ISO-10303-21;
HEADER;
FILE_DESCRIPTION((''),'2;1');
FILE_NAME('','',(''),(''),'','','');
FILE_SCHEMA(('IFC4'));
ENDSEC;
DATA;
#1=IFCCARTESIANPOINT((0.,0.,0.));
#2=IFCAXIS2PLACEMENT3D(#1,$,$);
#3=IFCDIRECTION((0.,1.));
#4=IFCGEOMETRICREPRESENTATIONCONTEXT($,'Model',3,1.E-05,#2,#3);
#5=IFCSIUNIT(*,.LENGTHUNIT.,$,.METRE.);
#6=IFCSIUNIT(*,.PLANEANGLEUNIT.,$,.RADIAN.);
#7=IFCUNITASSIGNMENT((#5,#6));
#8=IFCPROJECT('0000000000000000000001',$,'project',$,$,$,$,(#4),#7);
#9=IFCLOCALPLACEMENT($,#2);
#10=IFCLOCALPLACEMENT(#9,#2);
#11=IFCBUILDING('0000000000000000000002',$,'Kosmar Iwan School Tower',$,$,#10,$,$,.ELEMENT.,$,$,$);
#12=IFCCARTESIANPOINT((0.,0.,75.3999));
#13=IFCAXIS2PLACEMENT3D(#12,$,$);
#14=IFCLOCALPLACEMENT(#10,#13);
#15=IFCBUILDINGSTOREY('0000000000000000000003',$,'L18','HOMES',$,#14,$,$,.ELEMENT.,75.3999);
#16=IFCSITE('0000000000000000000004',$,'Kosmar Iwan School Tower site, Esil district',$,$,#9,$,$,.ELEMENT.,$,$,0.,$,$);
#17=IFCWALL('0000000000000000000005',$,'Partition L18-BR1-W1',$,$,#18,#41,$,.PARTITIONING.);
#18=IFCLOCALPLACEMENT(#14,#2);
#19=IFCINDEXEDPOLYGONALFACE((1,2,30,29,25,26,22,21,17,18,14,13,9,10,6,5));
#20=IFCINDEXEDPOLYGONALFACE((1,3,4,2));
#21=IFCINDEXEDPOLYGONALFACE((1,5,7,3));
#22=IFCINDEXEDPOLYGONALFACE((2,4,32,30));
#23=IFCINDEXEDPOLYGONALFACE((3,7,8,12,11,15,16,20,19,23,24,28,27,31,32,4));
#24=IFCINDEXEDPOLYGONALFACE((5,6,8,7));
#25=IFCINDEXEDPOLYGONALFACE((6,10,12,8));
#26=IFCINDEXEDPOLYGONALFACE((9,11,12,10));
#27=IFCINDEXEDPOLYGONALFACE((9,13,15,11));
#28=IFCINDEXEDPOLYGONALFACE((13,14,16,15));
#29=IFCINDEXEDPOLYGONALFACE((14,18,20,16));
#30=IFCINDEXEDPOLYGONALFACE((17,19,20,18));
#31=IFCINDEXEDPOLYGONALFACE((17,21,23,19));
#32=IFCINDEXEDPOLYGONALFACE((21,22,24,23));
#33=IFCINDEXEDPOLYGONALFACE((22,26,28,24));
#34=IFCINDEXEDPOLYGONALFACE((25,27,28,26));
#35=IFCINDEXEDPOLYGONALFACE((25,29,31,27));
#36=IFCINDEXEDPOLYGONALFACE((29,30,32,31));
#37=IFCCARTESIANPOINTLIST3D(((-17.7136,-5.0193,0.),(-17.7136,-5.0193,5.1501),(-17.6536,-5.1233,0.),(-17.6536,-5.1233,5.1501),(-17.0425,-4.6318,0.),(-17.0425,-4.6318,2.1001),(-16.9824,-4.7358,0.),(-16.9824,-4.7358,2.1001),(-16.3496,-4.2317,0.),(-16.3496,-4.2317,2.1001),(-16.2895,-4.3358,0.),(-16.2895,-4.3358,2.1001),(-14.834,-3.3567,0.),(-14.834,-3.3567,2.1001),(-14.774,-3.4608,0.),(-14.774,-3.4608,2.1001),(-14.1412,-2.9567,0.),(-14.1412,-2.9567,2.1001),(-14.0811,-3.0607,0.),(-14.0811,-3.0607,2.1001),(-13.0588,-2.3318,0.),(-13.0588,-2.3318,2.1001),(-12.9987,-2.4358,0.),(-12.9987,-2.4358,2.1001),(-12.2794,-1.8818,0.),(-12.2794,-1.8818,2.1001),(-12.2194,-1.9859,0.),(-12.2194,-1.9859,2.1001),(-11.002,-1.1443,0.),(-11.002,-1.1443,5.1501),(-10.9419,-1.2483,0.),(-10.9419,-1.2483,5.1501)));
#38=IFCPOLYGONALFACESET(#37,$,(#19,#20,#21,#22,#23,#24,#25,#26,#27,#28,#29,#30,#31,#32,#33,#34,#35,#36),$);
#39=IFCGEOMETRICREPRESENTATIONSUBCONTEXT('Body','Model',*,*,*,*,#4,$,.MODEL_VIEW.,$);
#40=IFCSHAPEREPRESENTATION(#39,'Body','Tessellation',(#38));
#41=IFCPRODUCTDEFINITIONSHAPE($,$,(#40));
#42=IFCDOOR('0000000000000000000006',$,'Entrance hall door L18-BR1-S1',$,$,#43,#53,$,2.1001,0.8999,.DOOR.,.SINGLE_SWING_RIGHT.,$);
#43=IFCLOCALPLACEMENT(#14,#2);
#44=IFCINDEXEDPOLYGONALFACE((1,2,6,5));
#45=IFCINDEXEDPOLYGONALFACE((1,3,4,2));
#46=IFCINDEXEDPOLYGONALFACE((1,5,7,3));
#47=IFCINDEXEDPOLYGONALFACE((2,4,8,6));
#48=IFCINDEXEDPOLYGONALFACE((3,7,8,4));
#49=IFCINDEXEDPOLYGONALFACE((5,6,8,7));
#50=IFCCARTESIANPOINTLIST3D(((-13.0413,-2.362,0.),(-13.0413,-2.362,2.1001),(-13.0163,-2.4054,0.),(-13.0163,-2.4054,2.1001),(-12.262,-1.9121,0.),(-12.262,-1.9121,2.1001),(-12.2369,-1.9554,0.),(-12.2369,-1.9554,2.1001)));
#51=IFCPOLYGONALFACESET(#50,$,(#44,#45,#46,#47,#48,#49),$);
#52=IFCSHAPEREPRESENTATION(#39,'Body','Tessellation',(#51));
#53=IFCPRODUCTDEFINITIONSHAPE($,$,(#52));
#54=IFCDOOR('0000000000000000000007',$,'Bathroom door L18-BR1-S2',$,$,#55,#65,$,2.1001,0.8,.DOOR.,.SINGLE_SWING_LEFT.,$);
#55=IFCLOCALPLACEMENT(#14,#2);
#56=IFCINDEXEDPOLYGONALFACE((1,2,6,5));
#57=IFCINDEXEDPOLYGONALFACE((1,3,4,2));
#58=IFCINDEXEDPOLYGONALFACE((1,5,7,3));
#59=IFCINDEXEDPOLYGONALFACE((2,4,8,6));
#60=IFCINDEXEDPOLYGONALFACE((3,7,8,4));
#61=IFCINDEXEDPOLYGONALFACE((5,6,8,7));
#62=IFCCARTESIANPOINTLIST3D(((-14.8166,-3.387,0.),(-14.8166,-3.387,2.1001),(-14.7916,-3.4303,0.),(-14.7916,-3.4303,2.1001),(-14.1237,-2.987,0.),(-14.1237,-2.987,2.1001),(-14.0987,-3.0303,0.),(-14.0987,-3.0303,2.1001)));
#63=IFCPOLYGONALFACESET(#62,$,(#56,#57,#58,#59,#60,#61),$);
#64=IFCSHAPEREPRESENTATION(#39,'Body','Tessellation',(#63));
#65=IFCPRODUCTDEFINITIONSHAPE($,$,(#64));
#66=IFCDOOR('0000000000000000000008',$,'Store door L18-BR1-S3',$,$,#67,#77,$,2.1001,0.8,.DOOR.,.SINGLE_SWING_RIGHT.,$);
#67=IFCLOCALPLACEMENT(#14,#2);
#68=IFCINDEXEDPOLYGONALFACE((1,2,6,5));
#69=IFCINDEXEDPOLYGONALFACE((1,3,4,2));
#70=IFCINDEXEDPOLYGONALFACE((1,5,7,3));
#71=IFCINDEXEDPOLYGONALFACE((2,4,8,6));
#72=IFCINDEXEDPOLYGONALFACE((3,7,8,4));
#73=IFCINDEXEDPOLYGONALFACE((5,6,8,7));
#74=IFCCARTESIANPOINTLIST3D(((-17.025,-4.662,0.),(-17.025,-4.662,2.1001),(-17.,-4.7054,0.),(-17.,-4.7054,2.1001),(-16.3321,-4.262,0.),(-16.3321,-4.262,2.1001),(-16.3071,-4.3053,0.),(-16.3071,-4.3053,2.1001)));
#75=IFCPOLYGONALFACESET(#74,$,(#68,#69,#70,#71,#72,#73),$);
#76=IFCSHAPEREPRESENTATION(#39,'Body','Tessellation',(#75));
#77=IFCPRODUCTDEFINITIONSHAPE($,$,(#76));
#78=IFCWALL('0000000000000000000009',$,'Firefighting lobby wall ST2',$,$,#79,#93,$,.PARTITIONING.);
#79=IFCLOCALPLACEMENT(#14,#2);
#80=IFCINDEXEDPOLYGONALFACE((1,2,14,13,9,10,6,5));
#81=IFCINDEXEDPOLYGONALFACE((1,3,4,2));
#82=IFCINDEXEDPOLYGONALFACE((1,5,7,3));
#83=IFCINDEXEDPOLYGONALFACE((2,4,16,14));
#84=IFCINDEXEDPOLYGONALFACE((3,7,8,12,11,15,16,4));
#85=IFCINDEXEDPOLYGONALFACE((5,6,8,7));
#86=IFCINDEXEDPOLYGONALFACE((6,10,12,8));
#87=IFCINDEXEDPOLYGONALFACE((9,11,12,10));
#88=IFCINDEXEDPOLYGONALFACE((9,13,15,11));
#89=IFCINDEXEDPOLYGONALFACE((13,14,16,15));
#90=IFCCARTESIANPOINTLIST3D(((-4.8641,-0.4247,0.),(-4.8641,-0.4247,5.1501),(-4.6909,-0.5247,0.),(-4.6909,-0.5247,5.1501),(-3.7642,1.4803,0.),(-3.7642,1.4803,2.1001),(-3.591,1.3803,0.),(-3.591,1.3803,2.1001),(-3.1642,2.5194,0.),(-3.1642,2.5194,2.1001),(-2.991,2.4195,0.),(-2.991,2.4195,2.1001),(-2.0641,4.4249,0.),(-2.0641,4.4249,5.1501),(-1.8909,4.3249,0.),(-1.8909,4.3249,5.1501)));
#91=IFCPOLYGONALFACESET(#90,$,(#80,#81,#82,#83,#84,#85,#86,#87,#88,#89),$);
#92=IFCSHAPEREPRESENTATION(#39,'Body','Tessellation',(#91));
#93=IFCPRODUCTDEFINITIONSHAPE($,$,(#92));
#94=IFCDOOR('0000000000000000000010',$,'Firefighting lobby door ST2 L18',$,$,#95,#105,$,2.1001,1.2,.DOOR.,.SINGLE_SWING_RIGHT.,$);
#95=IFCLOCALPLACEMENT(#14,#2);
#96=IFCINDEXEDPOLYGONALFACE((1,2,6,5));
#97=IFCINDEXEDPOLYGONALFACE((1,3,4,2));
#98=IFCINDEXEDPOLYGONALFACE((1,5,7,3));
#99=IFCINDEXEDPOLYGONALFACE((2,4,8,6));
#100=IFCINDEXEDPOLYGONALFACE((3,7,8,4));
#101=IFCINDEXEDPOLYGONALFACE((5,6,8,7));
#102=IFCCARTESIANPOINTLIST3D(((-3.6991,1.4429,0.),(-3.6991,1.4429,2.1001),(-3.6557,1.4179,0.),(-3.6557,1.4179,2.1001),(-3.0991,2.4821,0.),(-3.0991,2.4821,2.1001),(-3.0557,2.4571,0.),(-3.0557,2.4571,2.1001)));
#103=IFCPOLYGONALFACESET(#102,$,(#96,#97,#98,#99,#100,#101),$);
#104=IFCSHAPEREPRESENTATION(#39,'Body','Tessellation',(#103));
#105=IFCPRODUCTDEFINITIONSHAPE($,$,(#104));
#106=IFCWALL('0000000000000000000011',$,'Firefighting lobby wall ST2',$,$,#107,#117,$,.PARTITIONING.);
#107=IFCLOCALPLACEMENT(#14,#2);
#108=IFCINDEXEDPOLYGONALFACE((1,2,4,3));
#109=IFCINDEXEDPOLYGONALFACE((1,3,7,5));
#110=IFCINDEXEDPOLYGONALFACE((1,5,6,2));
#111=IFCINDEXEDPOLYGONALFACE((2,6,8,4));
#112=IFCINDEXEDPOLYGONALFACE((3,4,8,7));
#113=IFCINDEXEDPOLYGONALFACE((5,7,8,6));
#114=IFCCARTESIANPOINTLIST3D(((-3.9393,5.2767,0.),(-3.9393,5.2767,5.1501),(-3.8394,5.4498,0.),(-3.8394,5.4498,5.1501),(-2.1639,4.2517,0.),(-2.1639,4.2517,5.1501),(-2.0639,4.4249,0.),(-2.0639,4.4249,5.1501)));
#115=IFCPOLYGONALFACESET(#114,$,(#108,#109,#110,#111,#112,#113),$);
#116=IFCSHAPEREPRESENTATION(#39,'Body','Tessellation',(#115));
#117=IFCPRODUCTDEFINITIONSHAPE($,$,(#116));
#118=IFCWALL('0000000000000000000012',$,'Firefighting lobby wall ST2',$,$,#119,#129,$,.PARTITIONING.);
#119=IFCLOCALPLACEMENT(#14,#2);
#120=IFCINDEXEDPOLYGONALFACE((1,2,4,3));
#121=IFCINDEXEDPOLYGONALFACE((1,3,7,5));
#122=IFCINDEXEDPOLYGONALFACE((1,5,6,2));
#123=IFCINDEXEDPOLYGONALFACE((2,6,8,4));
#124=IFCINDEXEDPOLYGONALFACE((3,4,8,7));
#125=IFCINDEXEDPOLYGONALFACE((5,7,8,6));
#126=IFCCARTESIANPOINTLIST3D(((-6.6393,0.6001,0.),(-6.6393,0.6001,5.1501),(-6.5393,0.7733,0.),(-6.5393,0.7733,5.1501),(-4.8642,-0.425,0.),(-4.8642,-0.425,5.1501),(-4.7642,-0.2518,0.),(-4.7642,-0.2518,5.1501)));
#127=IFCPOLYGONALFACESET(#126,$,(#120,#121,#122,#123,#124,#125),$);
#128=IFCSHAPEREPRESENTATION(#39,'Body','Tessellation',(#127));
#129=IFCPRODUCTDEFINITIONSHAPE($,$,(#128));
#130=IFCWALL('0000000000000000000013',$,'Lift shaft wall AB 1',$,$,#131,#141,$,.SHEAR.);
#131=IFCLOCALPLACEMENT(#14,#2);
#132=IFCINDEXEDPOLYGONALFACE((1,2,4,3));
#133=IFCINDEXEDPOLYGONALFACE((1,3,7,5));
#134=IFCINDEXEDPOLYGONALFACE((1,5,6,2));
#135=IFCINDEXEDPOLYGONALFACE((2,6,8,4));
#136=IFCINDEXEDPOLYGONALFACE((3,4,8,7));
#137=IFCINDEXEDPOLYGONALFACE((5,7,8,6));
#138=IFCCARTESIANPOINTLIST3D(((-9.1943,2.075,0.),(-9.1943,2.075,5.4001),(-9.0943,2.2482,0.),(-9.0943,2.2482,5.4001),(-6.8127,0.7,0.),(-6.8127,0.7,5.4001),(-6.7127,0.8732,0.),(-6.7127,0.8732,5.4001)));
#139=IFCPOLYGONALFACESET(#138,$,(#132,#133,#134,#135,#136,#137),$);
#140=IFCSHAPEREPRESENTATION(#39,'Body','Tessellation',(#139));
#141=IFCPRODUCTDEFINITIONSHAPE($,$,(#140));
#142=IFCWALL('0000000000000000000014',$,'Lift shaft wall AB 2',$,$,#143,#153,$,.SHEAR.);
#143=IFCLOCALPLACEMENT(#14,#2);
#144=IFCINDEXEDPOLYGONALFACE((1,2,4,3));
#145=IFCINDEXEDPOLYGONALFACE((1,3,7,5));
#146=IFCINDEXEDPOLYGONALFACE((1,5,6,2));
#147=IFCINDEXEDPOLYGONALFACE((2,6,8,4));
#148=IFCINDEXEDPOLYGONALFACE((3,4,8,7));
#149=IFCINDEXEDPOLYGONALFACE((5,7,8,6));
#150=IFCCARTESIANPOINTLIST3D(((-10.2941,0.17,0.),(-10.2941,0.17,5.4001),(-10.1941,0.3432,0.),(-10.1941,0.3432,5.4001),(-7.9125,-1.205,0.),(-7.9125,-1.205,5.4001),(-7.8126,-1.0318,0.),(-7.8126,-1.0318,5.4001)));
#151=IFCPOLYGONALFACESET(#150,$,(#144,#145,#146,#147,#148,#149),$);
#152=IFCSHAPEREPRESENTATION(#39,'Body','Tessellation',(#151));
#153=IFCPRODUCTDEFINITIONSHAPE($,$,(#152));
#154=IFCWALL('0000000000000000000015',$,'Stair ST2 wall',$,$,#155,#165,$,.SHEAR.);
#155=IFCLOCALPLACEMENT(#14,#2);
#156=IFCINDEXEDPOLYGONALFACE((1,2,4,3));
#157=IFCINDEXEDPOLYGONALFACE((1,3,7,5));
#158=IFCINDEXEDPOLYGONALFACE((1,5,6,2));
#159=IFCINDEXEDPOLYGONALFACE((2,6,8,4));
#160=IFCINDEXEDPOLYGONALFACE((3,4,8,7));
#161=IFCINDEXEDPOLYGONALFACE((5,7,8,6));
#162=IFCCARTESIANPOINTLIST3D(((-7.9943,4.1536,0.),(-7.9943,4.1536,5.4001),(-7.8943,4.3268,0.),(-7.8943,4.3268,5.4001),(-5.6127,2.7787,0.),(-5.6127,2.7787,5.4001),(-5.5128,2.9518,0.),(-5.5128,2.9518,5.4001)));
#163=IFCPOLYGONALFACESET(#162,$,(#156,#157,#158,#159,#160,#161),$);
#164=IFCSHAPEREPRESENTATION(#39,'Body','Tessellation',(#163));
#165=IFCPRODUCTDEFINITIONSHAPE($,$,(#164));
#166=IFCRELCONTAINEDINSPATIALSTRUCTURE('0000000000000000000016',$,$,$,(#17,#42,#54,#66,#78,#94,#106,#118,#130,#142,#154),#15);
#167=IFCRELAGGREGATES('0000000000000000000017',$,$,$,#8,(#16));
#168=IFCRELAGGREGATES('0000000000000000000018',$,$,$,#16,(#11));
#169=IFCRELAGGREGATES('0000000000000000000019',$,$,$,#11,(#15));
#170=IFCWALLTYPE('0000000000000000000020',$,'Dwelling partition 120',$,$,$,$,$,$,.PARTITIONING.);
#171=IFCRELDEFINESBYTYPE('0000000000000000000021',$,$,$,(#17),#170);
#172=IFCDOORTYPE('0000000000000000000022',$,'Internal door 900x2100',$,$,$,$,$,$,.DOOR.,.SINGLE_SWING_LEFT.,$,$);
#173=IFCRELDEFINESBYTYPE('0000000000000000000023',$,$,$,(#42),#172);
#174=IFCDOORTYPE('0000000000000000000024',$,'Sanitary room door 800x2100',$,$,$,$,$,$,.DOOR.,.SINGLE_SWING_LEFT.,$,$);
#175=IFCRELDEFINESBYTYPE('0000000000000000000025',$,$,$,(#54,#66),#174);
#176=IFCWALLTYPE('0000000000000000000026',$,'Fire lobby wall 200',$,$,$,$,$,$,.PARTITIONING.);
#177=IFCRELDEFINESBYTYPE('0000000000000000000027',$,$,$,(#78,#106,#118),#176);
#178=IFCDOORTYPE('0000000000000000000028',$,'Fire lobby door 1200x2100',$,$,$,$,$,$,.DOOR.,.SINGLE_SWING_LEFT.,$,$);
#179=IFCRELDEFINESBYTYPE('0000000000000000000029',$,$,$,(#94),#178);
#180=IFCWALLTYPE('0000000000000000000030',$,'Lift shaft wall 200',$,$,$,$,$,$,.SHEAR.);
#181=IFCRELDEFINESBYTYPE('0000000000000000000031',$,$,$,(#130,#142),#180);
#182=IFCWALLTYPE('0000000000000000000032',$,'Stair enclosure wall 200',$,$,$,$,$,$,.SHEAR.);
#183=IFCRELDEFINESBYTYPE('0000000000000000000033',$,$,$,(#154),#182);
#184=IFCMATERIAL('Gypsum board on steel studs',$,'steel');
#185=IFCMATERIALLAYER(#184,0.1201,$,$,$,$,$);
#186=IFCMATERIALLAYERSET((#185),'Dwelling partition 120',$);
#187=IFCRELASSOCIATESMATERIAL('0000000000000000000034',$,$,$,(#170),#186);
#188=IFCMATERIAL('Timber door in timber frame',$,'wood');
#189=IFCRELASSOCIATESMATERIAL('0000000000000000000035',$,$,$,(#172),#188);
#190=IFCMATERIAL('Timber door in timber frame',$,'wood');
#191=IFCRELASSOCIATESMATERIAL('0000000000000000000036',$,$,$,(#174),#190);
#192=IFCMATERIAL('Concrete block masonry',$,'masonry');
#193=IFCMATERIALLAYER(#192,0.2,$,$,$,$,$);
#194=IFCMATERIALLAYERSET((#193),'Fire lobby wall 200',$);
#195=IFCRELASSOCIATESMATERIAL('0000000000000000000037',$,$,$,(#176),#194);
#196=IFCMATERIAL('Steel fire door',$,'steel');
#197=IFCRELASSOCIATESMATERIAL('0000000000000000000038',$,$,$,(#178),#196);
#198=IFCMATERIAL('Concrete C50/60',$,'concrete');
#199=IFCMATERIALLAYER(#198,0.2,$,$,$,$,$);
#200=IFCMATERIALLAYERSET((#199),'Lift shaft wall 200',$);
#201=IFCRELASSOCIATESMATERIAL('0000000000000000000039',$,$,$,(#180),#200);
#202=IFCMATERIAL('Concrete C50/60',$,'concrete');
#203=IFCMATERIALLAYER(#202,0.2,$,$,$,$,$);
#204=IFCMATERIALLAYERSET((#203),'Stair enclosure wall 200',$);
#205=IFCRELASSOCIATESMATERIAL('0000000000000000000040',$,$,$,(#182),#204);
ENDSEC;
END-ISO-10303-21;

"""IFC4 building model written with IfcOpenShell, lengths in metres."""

from ifc_helpers import new_model, si_unit, direction, frame, frame_2d, origin, place, context, subcontext, project, spatial, rectangle, extrude, material, layer, layer_set, type_object, element, fill, save


model = new_model("IFC4")

# Units and contexts
model_context = context("Model", 3, precision=1e-05, world=origin(), true_north=direction((0.0, 1.0)))
body_context = subcontext(model_context, "Body", "Model", "MODEL_VIEW")
ifc_project = project(units=[si_unit("LENGTHUNIT", "METRE"), si_unit("PLANEANGLEUNIT", "RADIAN")], contexts=[model_context])

# Site, building, storey
site_placement = place(None, origin())
site = spatial("IfcSite", under=ifc_project, at=site_placement, Name="Kosmar Iwan School Tower site, Esil district", CompositionType="ELEMENT", RefElevation=0.0)
building_placement = place(site_placement, origin())
building = spatial("IfcBuilding", under=site, at=building_placement, Name="Kosmar Iwan School Tower", CompositionType="ELEMENT")
storey_placement = place(building_placement, frame((0.0, 0.0, 75.3999)))
storey = spatial("IfcBuildingStorey", under=building, at=storey_placement, Name="L18", Description="HOMES", CompositionType="ELEMENT", Elevation=75.3999)

# Wall, openings, doors
ifc_material_1 = material(Name="Gypsum board on steel studs", Category="steel")
ifc_layer_1 = layer(ifc_material_1, 0.1201)
ifc_layer_set_1 = layer_set([ifc_layer_1], Name="Dwelling partition 120")
wall_type_1 = type_object("IfcWallType", Name="Dwelling partition 120", PredefinedType="PARTITIONING", material=ifc_layer_set_1)
wall_1_placement = place(storey_placement, frame((-10.9719, -1.1963, 0.0), z_axis=(0.0, 0.0, 1.0), x_axis=(-0.866025, -0.500002, 0.0)))
wall_1 = element("IfcWall", 1, at=wall_1_placement, inside=storey, type_object=wall_type_1, Name="Partition L18-BR1-W1", PredefinedType="PARTITIONING", context=body_context, shape_type="SweptSolid", body=[
    extrude(rectangle(XDim=7.75, YDim=0.1201, at=frame_2d((3.875, 0.0))), origin(), (0.0, 0.0, 1.0), 5.1501),
])
opening_1_placement = place(wall_1_placement, frame((1.4751, 0.0, 0.0)))
opening_1 = element("IfcOpeningElement", 2, at=opening_1_placement, cuts=wall_1, PredefinedType="OPENING", context=body_context, shape_type="SweptSolid", body=[
    extrude(rectangle(XDim=0.8999, YDim=2.1001, at=frame_2d((0.45, 1.05))), frame((0.0, 0.072, 0.0), z_axis=(0.0, -1.0, 0.0), x_axis=(1.0, 0.0, 0.0)), (0.0, 0.0, 1.0), 0.144),
])
opening_2_placement = place(wall_1_placement, frame((3.625, 0.0, 0.0)))
opening_2 = element("IfcOpeningElement", 3, at=opening_2_placement, cuts=wall_1, PredefinedType="OPENING", context=body_context, shape_type="SweptSolid", body=[
    extrude(rectangle(XDim=0.8, YDim=2.1001, at=frame_2d((0.3999, 1.05))), frame((0.0, 0.072, 0.0), z_axis=(0.0, -1.0, 0.0), x_axis=(1.0, 0.0, 0.0)), (0.0, 0.0, 1.0), 0.144),
])
opening_3_placement = place(wall_1_placement, frame((6.175, 0.0, 0.0)))
opening_3 = element("IfcOpeningElement", 4, at=opening_3_placement, cuts=wall_1, PredefinedType="OPENING", context=body_context, shape_type="SweptSolid", body=[
    extrude(rectangle(XDim=0.8, YDim=2.1001, at=frame_2d((0.3999, 1.05))), frame((0.0, 0.072, 0.0), z_axis=(0.0, -1.0, 0.0), x_axis=(1.0, 0.0, 0.0)), (0.0, 0.0, 1.0), 0.144),
])
ifc_material_2 = material(Name="Timber door in timber frame", Category="wood")
door_type_1 = type_object("IfcDoorType", Name="Internal door 900x2100", OperationType="SINGLE_SWING_LEFT", PredefinedType="DOOR", material=ifc_material_2)
door_1_placement = place(opening_1_placement, origin())
door_1 = element("IfcDoor", 5, at=door_1_placement, inside=storey, type_object=door_type_1, Name="Entrance hall door L18-BR1-S1", OperationType="SINGLE_SWING_RIGHT", OverallHeight=2.1001, OverallWidth=0.8999, PredefinedType="DOOR", context=body_context, shape_type="SweptSolid", body=[
    extrude(rectangle(XDim=0.8999, YDim=2.1001, at=frame_2d((0.45, 1.05))), frame((0.0, 0.0249, 0.0), z_axis=(0.0, -1.0, 0.0), x_axis=(1.0, 0.0, 0.0)), (0.0, 0.0, 1.0), 0.05),
])
fill(opening_1, door_1)
ifc_material_3 = material(Name="Timber door in timber frame", Category="wood")
door_type_2 = type_object("IfcDoorType", Name="Sanitary room door 800x2100", OperationType="SINGLE_SWING_LEFT", PredefinedType="DOOR", material=ifc_material_3)
door_2_placement = place(opening_2_placement, origin())
door_2 = element("IfcDoor", 6, at=door_2_placement, inside=storey, type_object=door_type_2, Name="Bathroom door L18-BR1-S2", OperationType="SINGLE_SWING_LEFT", OverallHeight=2.1001, OverallWidth=0.8, PredefinedType="DOOR", context=body_context, shape_type="SweptSolid", body=[
    extrude(rectangle(XDim=0.8, YDim=2.1001, at=frame_2d((0.3999, 1.05))), frame((0.0, 0.0249, 0.0), z_axis=(0.0, -1.0, 0.0), x_axis=(1.0, 0.0, 0.0)), (0.0, 0.0, 1.0), 0.05),
])
fill(opening_2, door_2)
door_3_placement = place(opening_3_placement, origin())
door_3 = element("IfcDoor", 7, at=door_3_placement, inside=storey, type_object=door_type_2, Name="Store door L18-BR1-S3", OperationType="SINGLE_SWING_RIGHT", OverallHeight=2.1001, OverallWidth=0.8, PredefinedType="DOOR", context=body_context, shape_type="SweptSolid", body=[
    extrude(rectangle(XDim=0.8, YDim=2.1001, at=frame_2d((0.3999, 1.05))), frame((0.0, 0.0249, 0.0), z_axis=(0.0, -1.0, 0.0), x_axis=(1.0, 0.0, 0.0)), (0.0, 0.0, 1.0), 0.05),
])
fill(opening_3, door_3)

# Wall, opening, door
ifc_material_4 = material(Name="Concrete block masonry", Category="masonry")
ifc_layer_2 = layer(ifc_material_4, 0.2)
ifc_layer_set_2 = layer_set([ifc_layer_2], Name="Fire lobby wall 200")
wall_type_2 = type_object("IfcWallType", Name="Fire lobby wall 200", PredefinedType="PARTITIONING", material=ifc_layer_set_2)
wall_2_placement = place(storey_placement, frame((-1.9775, 4.3748, 0.0), z_axis=(0.0, 0.0, 1.0), x_axis=(-0.500017, -0.866016, 0.0)))
wall_2 = element("IfcWall", 8, at=wall_2_placement, inside=storey, type_object=wall_type_2, Name="Firefighting lobby wall ST2", PredefinedType="PARTITIONING", context=body_context, shape_type="SweptSolid", body=[
    extrude(rectangle(XDim=5.5999, YDim=0.2, at=frame_2d((2.7998, 0.0))), origin(), (0.0, 0.0, 1.0), 5.1501),
])
opening_4_placement = place(wall_2_placement, frame((2.2, 0.0, 0.0)))
opening_4 = element("IfcOpeningElement", 9, at=opening_4_placement, cuts=wall_2, PredefinedType="OPENING", context=body_context, shape_type="SweptSolid", body=[
    extrude(rectangle(XDim=1.2, YDim=2.1001, at=frame_2d((0.6001, 1.05))), frame((0.0, 0.1121, 0.0), z_axis=(0.0, -1.0, 0.0), x_axis=(1.0, 0.0, 0.0)), (0.0, 0.0, 1.0), 0.2239),
])
ifc_material_5 = material(Name="Steel fire door", Category="steel")
door_type_3 = type_object("IfcDoorType", Name="Fire lobby door 1200x2100", OperationType="SINGLE_SWING_LEFT", PredefinedType="DOOR", material=ifc_material_5)
door_4_placement = place(opening_4_placement, frame((1.2, 0.0, 0.0), z_axis=(0.0, 0.0, 1.0), x_axis=(-1.0, 0.0, 0.0)))
door_4 = element("IfcDoor", 10, at=door_4_placement, inside=storey, type_object=door_type_3, Name="Firefighting lobby door ST2 L18", OperationType="SINGLE_SWING_RIGHT", OverallHeight=2.1001, OverallWidth=1.2, PredefinedType="DOOR", context=body_context, shape_type="SweptSolid", body=[
    extrude(rectangle(XDim=1.2, YDim=2.1001, at=frame_2d((0.6001, 1.05))), frame((0.0, 0.0249, 0.0), z_axis=(0.0, -1.0, 0.0), x_axis=(1.0, 0.0, 0.0)), (0.0, 0.0, 1.0), 0.05),
])
fill(opening_4, door_4)

# Walls
wall_3_placement = place(storey_placement, frame((-2.114, 4.3384, 0.0), z_axis=(0.0, 0.0, 1.0), x_axis=(-0.866051, 0.499956, 0.0)))
element("IfcWall", 11, at=wall_3_placement, inside=storey, type_object=wall_type_2, Name="Firefighting lobby wall ST2", PredefinedType="PARTITIONING", context=body_context, shape_type="SweptSolid", body=[
    extrude(rectangle(XDim=2.05, YDim=0.2, at=frame_2d((1.0249, 0.0))), origin(), (0.0, 0.0, 1.0), 5.1501),
])
wall_4_placement = place(storey_placement, frame((-4.8142, -0.3384, 0.0), z_axis=(0.0, 0.0, 1.0), x_axis=(-0.865969, 0.500097, 0.0)))
element("IfcWall", 12, at=wall_4_placement, inside=storey, type_object=wall_type_2, Name="Firefighting lobby wall ST2", PredefinedType="PARTITIONING", context=body_context, shape_type="SweptSolid", body=[
    extrude(rectangle(XDim=2.0498, YDim=0.2, at=frame_2d((1.0249, 0.0))), origin(), (0.0, 0.0, 1.0), 5.1501),
])
ifc_material_6 = material(Name="Concrete C50/60", Category="concrete")
ifc_layer_3 = layer(ifc_material_6, 0.2)
ifc_layer_set_3 = layer_set([ifc_layer_3], Name="Lift shaft wall 200")
wall_type_3 = type_object("IfcWallType", Name="Lift shaft wall 200", PredefinedType="SHEAR", material=ifc_layer_set_3)
for number, where, z_axis, x_axis, name in (
    (13, (-6.7627, 0.7866, 0.0), (0.0, 0.0, 1.0), (-0.866027, 0.499997, 0.0), "Lift shaft wall AB 1"),
    (14, (-7.8625, -1.1184, 0.0), (0.0, 0.0, 1.0), (-0.866027, 0.499997, 0.0), "Lift shaft wall AB 2"),
):
    element("IfcWall", number, at=place(storey_placement, frame(where, z_axis=z_axis, x_axis=x_axis)), inside=storey, type_object=wall_type_3, Name=name, PredefinedType="SHEAR", context=body_context, shape_type="SweptSolid", body=[
        extrude(rectangle(XDim=2.75, YDim=0.2, at=frame_2d((1.375, 0.0))), origin(), (0.0, 0.0, 1.0), 5.4001),
    ])
ifc_material_7 = material(Name="Concrete C50/60", Category="concrete")
ifc_layer_4 = layer(ifc_material_7, 0.2)
ifc_layer_set_4 = layer_set([ifc_layer_4], Name="Stair enclosure wall 200")
wall_type_4 = type_object("IfcWallType", Name="Stair enclosure wall 200", PredefinedType="SHEAR", material=ifc_layer_set_4)
wall_5_placement = place(storey_placement, frame((-5.5627, 2.8652, 0.0), z_axis=(0.0, 0.0, 1.0), x_axis=(-0.866027, 0.499997, 0.0)))
element("IfcWall", 15, at=wall_5_placement, inside=storey, type_object=wall_type_4, Name="Stair ST2 wall", PredefinedType="SHEAR", context=body_context, shape_type="SweptSolid", body=[
    extrude(rectangle(XDim=2.75, YDim=0.2, at=frame_2d((1.375, 0.0))), origin(), (0.0, 0.0, 1.0), 5.4001),
])

save(model, "model.ifc")
